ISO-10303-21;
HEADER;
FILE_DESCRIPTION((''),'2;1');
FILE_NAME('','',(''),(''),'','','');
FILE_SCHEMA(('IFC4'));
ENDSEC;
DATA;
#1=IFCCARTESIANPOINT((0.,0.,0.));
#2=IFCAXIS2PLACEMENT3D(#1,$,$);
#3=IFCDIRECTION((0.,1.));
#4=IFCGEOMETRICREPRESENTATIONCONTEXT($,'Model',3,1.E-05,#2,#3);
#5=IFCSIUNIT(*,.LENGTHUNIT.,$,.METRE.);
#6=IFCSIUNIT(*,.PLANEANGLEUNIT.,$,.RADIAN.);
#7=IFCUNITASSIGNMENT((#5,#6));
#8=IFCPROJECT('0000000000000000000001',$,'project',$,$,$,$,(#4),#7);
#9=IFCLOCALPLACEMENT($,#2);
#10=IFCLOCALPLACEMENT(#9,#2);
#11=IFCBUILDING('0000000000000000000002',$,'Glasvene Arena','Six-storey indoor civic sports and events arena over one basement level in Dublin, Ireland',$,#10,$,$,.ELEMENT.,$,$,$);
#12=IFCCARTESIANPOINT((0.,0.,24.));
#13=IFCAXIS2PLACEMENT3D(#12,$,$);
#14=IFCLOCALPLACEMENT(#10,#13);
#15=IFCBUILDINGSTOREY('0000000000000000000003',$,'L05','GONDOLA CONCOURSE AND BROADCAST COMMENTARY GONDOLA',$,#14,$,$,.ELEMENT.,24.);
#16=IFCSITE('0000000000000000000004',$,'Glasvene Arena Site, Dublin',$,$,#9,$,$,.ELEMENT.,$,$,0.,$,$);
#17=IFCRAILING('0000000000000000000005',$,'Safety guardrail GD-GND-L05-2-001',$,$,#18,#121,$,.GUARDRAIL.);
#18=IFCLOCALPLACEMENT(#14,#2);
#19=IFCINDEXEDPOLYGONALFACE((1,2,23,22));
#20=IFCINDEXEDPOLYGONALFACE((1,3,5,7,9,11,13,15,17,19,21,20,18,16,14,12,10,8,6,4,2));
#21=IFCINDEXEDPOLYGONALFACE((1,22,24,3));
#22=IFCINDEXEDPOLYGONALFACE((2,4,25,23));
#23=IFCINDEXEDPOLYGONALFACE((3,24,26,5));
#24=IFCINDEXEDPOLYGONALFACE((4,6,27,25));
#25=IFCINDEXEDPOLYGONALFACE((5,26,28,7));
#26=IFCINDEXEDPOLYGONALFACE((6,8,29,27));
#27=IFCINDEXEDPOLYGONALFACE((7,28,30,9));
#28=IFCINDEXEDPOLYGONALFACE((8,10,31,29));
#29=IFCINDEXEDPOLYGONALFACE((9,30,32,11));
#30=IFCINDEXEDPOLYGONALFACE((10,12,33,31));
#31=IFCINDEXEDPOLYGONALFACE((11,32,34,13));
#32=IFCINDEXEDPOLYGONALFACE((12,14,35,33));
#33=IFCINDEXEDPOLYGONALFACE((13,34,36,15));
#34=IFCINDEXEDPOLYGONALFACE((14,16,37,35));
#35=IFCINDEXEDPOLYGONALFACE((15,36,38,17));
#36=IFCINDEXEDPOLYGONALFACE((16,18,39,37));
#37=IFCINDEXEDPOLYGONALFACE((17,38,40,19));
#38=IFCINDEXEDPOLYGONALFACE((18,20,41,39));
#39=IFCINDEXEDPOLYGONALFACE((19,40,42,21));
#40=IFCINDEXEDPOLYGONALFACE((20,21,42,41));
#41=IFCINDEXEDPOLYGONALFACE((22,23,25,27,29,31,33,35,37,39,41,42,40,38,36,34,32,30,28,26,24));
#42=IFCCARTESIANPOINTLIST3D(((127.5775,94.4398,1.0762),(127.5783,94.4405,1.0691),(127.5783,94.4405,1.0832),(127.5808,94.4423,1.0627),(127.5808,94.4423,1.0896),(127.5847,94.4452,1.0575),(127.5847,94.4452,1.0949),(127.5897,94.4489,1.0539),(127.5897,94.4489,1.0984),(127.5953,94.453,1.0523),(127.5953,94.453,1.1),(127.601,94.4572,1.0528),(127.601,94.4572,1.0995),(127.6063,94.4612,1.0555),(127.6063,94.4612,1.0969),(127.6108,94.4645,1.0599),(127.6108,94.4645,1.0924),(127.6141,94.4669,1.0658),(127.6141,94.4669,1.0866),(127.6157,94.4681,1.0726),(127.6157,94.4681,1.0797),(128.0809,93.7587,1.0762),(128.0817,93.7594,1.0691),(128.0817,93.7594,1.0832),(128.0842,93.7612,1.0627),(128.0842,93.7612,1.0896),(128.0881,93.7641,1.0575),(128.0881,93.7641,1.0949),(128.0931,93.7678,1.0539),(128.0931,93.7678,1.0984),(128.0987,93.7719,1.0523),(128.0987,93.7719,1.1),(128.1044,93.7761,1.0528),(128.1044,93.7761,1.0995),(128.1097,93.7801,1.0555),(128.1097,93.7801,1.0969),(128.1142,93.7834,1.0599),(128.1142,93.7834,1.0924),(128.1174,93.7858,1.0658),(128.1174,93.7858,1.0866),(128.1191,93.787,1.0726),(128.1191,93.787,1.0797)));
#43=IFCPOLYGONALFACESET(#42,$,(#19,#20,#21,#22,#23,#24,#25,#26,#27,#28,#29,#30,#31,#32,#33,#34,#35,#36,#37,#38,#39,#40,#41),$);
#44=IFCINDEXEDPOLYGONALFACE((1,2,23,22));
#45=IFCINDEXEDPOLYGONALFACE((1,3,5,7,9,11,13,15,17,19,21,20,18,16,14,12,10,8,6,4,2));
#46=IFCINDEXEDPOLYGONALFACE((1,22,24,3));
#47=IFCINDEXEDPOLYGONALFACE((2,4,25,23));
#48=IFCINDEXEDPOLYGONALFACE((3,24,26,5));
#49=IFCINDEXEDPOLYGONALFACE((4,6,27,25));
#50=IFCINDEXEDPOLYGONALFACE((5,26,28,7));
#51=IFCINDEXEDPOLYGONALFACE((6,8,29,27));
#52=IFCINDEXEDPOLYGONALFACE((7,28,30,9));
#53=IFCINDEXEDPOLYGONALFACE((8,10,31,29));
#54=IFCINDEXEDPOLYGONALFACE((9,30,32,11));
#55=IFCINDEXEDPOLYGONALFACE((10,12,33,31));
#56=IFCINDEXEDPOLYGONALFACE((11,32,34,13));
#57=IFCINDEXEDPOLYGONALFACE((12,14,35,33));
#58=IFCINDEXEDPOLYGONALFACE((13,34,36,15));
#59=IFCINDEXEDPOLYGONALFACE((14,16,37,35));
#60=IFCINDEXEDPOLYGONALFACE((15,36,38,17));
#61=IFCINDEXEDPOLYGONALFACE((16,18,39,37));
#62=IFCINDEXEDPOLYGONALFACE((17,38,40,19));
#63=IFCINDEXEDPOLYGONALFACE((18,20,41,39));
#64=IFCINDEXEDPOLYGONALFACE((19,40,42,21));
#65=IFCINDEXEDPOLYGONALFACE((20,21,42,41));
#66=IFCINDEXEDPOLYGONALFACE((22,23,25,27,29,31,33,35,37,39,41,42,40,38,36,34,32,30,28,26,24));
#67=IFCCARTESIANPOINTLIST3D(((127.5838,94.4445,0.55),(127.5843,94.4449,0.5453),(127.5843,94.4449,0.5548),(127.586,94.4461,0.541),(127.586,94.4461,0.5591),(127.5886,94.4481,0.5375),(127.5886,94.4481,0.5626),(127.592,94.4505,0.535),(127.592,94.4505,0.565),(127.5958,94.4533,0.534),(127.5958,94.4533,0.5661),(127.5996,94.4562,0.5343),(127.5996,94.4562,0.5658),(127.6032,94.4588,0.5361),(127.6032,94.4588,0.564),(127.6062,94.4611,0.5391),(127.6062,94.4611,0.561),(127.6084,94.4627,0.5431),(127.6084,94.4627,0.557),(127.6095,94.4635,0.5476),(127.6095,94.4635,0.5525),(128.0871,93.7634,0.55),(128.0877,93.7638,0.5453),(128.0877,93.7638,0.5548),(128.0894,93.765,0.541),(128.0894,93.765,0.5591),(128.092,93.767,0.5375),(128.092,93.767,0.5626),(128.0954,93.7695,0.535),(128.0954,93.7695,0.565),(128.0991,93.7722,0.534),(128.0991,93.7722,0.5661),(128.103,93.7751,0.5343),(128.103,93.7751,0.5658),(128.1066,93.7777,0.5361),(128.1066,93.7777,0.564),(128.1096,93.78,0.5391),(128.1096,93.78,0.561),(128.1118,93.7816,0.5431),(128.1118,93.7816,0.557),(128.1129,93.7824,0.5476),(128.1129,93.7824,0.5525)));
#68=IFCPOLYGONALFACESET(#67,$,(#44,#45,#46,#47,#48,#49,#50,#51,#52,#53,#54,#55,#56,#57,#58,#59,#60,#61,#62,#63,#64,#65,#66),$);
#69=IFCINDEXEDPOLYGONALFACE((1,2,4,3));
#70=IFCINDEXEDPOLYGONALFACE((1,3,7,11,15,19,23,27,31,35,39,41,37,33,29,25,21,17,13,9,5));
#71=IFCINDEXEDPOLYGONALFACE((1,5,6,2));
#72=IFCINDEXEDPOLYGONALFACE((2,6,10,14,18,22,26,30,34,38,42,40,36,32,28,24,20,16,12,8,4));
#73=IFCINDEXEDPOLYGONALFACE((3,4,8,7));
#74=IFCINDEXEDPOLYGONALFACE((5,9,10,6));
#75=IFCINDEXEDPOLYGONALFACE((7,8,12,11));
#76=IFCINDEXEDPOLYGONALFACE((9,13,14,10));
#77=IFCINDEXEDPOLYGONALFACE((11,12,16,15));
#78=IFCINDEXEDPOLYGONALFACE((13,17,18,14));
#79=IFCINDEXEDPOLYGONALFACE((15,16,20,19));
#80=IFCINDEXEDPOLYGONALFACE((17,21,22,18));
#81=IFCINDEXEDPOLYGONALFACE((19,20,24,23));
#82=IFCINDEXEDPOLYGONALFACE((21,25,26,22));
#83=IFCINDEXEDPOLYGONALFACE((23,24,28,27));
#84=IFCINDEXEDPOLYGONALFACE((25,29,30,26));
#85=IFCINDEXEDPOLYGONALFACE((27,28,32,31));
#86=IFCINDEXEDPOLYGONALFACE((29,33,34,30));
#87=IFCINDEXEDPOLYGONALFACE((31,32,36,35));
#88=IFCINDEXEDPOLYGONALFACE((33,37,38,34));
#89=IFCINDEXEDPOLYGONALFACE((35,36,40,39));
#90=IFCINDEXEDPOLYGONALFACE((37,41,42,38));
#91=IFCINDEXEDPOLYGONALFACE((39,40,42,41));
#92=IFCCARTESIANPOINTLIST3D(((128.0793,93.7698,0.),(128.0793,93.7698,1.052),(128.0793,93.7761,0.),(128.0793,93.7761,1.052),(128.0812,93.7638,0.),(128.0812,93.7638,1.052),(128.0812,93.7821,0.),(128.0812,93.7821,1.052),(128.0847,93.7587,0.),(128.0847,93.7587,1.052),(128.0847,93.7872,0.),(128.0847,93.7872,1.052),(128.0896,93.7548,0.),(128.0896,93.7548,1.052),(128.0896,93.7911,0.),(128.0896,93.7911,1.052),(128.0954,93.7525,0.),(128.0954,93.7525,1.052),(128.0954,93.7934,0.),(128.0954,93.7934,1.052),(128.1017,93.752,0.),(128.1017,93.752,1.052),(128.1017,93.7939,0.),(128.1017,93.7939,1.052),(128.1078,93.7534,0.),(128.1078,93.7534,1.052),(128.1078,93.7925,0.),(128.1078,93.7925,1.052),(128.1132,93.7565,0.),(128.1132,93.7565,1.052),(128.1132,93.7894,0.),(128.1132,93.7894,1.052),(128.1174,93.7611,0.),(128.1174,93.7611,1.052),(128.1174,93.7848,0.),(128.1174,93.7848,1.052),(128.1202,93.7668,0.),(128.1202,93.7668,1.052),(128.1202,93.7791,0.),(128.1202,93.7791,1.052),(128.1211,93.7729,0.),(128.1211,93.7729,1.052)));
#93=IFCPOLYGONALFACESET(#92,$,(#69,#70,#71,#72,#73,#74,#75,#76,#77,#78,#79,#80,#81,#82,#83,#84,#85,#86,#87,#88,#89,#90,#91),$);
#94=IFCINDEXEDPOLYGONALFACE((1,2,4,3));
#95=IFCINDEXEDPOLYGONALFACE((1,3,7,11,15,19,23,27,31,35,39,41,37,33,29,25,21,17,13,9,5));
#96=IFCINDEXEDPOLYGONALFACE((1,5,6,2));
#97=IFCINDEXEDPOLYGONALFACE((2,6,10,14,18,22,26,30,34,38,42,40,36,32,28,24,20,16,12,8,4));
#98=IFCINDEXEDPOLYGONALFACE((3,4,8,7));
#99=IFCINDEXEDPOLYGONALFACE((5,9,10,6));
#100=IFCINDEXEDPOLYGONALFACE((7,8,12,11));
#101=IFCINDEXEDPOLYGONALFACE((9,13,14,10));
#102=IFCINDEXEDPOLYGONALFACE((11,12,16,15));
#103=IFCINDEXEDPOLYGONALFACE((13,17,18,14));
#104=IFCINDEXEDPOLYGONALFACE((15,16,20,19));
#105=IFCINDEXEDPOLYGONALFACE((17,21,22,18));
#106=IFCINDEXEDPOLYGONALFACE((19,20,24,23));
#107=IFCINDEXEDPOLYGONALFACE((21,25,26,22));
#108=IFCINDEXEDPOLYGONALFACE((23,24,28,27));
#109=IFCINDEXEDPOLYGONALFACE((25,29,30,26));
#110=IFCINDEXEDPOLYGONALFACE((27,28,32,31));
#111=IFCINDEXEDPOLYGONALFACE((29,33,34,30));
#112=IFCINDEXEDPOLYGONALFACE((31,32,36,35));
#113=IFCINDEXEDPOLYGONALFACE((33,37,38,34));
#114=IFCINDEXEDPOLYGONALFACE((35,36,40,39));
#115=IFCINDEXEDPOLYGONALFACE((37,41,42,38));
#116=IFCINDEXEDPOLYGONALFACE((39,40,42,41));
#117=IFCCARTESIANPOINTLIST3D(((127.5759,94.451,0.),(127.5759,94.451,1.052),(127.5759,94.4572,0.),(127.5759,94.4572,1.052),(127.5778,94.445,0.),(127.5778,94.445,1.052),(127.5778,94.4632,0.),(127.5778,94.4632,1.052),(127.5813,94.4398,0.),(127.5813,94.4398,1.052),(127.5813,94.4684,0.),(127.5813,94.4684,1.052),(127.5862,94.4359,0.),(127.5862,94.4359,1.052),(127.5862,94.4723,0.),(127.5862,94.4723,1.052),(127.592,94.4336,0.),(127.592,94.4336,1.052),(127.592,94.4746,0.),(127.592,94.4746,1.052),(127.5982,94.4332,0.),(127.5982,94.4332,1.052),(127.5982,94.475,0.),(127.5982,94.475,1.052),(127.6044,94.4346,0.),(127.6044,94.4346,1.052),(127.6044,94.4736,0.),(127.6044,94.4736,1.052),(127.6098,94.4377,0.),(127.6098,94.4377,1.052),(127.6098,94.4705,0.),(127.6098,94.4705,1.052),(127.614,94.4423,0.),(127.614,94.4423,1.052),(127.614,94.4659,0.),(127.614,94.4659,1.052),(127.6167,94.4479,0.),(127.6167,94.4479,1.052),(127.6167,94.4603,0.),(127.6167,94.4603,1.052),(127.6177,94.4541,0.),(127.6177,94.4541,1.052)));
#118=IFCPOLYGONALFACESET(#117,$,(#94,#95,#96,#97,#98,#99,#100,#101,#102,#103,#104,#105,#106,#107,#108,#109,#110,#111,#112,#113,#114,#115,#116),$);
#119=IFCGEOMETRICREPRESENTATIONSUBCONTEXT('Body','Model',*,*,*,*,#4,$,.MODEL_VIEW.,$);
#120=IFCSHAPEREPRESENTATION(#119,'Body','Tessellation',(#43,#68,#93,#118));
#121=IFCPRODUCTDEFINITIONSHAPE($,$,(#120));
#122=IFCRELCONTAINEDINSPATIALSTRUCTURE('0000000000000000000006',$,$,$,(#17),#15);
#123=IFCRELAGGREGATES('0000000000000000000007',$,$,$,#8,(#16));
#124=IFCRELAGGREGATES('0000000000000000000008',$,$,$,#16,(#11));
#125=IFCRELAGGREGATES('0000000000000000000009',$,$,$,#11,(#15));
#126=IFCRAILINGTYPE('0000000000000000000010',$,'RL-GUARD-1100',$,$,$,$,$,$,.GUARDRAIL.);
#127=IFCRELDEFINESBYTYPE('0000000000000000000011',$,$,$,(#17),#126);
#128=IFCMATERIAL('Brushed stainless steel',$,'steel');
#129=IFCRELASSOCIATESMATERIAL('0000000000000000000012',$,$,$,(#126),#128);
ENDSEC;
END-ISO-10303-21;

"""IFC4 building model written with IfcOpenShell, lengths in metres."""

from ifc_helpers import new_model, si_unit, direction, frame, origin, origin_2d, place, context, subcontext, project, spatial, circle, extrude, material, type_object, element, save


model = new_model("IFC4")

# Units and contexts
model_context = context("Model", 3, precision=1e-05, world=origin(), true_north=direction((0.0, 1.0)))
body_context = subcontext(model_context, "Body", "Model", "MODEL_VIEW")
ifc_project = project(units=[si_unit("LENGTHUNIT", "METRE"), si_unit("PLANEANGLEUNIT", "RADIAN")], contexts=[model_context])

# Site, building, storey
site_placement = place(None, origin())
site = spatial("IfcSite", under=ifc_project, at=site_placement, Name="Glasvene Arena Site, Dublin", CompositionType="ELEMENT", RefElevation=0.0)
building_placement = place(site_placement, origin())
building = spatial("IfcBuilding", under=site, at=building_placement, Name="Glasvene Arena", Description="Six-storey indoor civic sports and events arena over one basement level in Dublin, Ireland", CompositionType="ELEMENT")
storey_placement = place(building_placement, frame((0.0, 0.0, 24.0)))
storey = spatial("IfcBuildingStorey", under=building, at=storey_placement, Name="L05", Description="GONDOLA CONCOURSE AND BROADCAST COMMENTARY GONDOLA", CompositionType="ELEMENT", Elevation=24.0)

# Railing
ifc_material_1 = material(Name="Brushed stainless steel", Category="steel")
railing_type_1 = type_object("IfcRailingType", Name="RL-GUARD-1100", PredefinedType="GUARDRAIL", material=ifc_material_1)
railing_1_placement = place(storey_placement, frame((128.1001, 93.7729, 0.0)))
element("IfcRailing", 1, at=railing_1_placement, inside=storey, type_object=railing_type_1, Name="Safety guardrail GD-GND-L05-2-001", PredefinedType="GUARDRAIL", context=body_context, shape_type="SweptSolid", body=[
    extrude(circle(Radius=0.0239, at=origin_2d()), frame((0.0, 0.0, 1.0762), z_axis=(-0.594359, 0.8042, 0.0), x_axis=(-0.8042, -0.594359, 0.0)), (0.0, 0.0, 1.0), 0.8469),
    extrude(circle(Radius=0.0161, at=origin_2d()), frame((0.0, 0.0, 0.55), z_axis=(-0.594359, 0.8042, 0.0), x_axis=(-0.8042, -0.594359, 0.0)), (0.0, 0.0, 1.0), 0.8469),
    extrude(circle(Radius=0.021, at=origin_2d()), origin(), (0.0, 0.0, 1.0), 1.052),
    extrude(circle(Radius=0.021, at=origin_2d()), frame((-0.5034, 0.6812, 0.0)), (0.0, 0.0, 1.0), 1.052),
])

save(model, "model.ifc")
